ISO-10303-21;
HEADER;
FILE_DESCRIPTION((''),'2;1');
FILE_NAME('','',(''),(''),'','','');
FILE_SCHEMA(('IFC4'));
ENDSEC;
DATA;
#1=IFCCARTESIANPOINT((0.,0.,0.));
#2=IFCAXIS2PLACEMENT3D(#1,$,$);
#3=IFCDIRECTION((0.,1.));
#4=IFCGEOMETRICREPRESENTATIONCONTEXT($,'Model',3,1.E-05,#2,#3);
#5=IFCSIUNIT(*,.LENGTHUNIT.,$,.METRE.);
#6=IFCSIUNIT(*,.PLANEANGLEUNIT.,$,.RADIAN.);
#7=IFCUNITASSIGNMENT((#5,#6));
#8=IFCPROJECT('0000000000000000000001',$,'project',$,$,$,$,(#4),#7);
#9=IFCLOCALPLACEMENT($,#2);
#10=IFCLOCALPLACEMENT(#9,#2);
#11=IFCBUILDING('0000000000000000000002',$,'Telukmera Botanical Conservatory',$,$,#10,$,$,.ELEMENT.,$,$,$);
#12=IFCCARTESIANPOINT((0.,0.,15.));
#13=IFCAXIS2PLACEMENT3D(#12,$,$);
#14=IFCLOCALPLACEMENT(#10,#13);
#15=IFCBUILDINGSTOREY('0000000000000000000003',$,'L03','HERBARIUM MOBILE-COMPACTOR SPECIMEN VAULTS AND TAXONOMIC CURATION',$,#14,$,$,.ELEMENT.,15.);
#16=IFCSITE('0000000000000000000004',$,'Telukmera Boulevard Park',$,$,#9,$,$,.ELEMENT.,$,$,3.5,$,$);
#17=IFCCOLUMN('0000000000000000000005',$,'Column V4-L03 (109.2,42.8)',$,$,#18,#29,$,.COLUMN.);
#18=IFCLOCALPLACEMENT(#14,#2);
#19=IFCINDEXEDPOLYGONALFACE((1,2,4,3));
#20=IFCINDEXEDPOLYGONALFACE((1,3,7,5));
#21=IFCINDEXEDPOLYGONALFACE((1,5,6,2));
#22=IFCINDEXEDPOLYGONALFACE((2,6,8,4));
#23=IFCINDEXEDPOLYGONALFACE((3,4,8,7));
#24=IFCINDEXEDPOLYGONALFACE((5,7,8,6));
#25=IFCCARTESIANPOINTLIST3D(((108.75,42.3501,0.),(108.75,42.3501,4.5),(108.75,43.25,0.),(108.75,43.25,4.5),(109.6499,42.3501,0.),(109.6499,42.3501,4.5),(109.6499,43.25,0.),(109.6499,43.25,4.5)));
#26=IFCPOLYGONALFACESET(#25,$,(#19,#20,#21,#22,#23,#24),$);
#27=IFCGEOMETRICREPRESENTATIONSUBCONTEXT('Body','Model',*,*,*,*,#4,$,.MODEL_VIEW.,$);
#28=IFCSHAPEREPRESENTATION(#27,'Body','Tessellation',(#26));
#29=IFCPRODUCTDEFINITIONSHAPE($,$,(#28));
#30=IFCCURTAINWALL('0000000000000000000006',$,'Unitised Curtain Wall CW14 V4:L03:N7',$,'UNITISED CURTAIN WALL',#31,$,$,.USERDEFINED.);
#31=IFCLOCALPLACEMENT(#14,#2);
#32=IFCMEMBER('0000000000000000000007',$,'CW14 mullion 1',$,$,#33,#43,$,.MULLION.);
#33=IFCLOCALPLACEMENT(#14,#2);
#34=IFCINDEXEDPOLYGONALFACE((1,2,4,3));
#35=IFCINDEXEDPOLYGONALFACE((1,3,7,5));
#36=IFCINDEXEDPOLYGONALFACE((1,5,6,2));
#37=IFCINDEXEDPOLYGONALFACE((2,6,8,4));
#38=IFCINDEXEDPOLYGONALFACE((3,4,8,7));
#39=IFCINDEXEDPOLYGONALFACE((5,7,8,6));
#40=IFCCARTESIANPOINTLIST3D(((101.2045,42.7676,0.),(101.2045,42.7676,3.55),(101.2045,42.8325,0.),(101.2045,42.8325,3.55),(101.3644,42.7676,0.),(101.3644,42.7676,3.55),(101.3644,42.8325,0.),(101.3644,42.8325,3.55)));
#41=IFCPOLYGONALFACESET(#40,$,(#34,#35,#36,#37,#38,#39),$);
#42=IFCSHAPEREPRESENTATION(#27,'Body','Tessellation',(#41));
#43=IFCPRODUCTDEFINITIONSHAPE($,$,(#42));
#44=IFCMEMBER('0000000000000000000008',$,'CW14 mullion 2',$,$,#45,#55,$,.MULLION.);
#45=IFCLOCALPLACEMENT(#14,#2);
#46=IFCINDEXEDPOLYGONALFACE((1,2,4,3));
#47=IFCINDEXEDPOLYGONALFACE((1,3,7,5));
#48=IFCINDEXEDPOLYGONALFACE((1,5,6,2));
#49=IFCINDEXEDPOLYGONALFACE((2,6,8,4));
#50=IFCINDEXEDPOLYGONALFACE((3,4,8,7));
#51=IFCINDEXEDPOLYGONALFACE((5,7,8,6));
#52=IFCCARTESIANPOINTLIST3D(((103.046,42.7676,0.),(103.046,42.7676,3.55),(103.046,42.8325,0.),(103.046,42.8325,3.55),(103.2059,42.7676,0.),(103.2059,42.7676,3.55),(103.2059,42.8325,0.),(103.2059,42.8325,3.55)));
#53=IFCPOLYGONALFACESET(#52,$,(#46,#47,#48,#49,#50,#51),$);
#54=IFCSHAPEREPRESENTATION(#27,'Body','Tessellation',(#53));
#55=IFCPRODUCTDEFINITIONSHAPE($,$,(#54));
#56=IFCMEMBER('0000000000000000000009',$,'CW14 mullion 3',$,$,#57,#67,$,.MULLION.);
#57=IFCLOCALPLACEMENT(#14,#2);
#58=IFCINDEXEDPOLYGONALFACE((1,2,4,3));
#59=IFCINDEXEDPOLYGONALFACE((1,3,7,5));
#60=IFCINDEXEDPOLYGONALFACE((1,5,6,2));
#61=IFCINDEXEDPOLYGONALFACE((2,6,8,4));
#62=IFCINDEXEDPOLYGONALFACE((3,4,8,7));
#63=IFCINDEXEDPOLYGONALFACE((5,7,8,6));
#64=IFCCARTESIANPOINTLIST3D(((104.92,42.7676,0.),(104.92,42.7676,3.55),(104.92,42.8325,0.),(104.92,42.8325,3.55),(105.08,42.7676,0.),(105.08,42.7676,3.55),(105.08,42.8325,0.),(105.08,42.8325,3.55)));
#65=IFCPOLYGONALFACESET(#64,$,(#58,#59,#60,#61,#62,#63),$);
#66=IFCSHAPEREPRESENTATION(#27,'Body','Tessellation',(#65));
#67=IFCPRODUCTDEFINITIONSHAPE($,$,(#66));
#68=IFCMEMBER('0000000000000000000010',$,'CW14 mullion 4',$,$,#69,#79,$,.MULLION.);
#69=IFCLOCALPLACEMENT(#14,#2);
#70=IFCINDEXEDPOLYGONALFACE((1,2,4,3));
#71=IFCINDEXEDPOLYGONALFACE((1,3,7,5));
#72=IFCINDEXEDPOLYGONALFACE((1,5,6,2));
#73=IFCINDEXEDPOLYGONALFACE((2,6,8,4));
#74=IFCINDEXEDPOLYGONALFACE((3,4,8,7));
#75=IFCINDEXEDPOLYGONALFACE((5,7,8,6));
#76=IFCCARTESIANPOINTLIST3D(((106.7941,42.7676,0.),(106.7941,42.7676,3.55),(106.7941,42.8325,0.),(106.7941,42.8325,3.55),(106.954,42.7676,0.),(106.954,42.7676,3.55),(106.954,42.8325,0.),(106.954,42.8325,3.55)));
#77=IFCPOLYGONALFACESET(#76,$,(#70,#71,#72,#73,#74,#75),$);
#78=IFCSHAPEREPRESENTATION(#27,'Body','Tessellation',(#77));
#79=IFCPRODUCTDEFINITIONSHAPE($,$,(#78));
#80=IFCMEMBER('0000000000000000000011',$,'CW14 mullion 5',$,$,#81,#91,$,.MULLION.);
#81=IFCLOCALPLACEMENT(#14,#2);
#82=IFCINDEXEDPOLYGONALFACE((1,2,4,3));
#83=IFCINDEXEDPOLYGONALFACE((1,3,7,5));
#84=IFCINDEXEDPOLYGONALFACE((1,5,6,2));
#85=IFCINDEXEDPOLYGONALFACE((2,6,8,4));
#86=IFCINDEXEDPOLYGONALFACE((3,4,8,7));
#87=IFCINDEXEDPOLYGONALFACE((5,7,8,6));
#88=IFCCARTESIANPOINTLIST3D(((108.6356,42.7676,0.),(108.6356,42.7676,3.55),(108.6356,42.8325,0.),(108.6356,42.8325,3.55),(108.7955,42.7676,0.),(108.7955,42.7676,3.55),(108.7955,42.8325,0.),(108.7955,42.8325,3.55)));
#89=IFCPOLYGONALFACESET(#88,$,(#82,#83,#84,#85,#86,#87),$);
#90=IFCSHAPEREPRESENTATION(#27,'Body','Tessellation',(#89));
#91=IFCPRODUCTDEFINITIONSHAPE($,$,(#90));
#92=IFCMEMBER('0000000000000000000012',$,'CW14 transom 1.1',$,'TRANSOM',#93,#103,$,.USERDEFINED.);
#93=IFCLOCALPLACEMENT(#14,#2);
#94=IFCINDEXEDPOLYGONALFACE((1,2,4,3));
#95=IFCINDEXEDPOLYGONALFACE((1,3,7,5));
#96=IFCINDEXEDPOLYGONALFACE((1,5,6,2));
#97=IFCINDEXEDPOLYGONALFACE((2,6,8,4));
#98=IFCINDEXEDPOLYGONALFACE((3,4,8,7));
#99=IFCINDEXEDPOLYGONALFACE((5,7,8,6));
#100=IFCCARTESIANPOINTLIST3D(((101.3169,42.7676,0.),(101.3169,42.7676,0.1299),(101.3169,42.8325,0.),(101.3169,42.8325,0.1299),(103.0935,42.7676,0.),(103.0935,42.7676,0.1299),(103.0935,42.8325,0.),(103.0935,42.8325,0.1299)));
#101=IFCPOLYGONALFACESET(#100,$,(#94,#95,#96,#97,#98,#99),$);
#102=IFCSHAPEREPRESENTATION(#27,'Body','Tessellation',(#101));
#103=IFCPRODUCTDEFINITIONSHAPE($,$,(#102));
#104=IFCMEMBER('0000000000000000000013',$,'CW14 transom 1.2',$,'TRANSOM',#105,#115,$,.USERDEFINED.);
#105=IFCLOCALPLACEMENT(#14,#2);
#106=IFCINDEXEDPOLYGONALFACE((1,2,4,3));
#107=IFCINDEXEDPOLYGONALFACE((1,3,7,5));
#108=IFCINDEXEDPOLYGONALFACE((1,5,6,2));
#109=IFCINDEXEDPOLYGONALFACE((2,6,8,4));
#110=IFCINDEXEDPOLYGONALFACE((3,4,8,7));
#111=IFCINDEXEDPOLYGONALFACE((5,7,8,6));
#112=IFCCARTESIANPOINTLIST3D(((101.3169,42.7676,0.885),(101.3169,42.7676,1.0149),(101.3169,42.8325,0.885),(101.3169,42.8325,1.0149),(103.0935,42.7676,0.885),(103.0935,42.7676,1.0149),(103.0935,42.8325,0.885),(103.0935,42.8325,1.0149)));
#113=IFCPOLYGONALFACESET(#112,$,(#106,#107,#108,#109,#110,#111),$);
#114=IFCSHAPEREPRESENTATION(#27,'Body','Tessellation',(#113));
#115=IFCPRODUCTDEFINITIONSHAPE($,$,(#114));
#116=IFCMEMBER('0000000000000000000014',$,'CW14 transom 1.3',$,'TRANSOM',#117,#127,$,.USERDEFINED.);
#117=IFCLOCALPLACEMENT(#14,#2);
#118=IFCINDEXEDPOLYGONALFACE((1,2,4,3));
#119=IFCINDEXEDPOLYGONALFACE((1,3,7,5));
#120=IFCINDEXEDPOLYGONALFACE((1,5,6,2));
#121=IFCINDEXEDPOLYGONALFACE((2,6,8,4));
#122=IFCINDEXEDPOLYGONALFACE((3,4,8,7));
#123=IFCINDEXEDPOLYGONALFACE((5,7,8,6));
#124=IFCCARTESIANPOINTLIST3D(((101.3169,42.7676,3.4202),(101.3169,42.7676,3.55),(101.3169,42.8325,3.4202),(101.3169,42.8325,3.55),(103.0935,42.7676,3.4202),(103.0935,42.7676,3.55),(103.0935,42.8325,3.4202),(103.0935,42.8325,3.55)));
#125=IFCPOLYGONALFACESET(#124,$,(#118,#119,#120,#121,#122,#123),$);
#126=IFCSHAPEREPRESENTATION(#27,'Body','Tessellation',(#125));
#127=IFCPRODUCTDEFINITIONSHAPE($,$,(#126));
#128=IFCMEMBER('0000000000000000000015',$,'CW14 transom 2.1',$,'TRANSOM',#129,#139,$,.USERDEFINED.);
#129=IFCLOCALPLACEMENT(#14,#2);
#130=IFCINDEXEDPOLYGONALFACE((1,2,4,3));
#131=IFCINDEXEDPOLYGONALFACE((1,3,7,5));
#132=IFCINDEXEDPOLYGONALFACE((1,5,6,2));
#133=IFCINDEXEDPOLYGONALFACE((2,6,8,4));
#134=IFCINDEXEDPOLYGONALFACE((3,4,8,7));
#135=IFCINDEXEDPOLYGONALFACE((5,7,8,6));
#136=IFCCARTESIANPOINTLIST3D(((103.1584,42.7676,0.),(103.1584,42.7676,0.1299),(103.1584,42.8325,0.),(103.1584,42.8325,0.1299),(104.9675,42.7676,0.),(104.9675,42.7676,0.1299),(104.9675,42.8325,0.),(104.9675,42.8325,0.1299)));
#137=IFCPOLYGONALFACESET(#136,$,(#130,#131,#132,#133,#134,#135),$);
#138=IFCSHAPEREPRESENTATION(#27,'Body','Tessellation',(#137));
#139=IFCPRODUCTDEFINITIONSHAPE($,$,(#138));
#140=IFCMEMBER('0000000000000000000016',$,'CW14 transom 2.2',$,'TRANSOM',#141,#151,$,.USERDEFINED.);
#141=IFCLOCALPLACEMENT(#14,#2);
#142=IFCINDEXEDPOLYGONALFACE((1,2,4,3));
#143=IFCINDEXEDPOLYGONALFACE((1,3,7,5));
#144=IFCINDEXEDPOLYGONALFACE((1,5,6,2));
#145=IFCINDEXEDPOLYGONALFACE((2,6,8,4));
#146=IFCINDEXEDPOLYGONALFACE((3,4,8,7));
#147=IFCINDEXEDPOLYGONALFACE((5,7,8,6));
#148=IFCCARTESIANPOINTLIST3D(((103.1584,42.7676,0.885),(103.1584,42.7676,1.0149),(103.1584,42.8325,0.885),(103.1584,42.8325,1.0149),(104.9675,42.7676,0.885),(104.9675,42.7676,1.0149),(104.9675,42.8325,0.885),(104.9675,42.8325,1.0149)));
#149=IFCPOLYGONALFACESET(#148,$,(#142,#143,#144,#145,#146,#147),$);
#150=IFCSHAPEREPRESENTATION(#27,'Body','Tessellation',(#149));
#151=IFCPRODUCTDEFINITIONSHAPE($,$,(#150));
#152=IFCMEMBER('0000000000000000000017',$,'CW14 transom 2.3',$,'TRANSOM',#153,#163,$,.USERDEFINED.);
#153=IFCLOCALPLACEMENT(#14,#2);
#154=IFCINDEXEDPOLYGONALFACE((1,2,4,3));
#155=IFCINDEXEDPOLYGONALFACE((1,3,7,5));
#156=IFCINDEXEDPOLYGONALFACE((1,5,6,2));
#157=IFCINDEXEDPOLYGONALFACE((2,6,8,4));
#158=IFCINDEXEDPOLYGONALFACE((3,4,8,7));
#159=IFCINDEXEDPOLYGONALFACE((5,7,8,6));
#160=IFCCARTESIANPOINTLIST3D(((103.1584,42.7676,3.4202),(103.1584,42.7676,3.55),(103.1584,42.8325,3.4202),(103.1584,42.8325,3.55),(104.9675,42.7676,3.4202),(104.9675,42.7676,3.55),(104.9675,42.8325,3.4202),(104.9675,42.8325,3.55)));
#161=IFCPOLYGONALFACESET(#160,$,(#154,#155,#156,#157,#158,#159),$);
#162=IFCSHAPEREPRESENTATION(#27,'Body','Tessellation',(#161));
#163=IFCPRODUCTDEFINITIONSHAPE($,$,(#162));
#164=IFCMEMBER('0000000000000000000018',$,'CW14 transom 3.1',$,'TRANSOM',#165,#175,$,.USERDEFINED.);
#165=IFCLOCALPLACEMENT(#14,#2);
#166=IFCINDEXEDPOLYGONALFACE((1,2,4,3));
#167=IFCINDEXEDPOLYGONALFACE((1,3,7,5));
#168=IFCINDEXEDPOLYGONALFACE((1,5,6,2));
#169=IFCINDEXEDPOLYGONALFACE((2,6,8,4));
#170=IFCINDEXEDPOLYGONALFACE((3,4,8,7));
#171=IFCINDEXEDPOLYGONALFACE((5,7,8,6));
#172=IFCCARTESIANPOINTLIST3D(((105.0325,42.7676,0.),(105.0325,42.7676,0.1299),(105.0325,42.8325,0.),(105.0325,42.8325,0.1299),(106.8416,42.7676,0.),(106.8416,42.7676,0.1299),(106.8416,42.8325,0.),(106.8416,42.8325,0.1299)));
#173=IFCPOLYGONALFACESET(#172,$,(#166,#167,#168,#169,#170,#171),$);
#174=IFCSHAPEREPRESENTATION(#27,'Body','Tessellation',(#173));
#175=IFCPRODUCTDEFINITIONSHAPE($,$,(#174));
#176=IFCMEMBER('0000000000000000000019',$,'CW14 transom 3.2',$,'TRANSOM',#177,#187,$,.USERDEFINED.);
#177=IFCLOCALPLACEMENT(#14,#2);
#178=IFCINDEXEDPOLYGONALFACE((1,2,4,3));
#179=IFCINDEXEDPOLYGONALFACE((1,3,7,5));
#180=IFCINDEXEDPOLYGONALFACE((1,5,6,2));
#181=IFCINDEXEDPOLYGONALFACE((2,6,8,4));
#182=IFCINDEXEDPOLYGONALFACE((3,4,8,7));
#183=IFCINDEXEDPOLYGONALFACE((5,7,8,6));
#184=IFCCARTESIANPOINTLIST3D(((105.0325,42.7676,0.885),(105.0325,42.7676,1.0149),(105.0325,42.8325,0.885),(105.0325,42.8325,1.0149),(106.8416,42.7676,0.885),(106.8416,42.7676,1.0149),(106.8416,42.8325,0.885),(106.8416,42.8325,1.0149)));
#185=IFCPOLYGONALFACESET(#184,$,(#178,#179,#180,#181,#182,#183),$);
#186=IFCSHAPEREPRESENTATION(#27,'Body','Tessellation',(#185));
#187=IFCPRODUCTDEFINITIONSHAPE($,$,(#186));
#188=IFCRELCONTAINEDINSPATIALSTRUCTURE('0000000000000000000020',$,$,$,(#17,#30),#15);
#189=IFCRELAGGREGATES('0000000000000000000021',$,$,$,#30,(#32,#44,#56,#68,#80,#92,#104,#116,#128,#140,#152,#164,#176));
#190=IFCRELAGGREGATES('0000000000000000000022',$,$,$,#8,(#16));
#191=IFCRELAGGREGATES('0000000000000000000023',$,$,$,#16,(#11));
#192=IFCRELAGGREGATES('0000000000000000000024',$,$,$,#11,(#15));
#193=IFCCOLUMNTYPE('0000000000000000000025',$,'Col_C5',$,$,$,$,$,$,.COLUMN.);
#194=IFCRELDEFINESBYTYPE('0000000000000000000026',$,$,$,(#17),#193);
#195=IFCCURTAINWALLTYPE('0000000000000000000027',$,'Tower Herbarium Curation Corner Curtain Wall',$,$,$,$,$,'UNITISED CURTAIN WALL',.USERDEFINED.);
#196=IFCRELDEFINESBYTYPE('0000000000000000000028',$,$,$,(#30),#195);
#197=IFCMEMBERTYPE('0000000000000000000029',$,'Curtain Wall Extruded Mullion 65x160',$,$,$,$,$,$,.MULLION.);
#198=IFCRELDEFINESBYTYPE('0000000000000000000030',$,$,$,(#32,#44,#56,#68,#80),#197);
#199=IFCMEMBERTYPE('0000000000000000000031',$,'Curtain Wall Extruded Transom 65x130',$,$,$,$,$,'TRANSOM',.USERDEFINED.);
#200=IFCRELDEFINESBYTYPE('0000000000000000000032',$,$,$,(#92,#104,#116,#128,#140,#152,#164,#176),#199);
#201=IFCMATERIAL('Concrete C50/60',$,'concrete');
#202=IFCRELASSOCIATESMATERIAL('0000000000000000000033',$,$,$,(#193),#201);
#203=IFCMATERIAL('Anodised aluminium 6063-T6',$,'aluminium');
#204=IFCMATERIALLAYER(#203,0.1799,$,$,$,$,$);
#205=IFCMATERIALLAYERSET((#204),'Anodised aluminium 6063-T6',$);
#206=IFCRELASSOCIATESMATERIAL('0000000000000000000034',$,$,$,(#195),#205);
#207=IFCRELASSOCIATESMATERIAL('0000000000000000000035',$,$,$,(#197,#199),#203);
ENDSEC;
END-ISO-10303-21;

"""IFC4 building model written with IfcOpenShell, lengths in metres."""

from ifc_helpers import new_model, si_unit, direction, frame, origin, origin_2d, place, context, subcontext, project, spatial, rectangle, extrude, material, layer, layer_set, material_profile, profile_set, type_object, element, aggregate, save


model = new_model("IFC4")

# Units and contexts
model_context = context("Model", 3, precision=1e-05, world=origin(), true_north=direction((0.0, 1.0)))
body_context = subcontext(model_context, "Body", "Model", "MODEL_VIEW")
ifc_project = project(units=[si_unit("LENGTHUNIT", "METRE"), si_unit("PLANEANGLEUNIT", "RADIAN")], contexts=[model_context])

# Site, building, storey
site_placement = place(None, origin())
site = spatial("IfcSite", under=ifc_project, at=site_placement, Name="Telukmera Boulevard Park", CompositionType="ELEMENT", RefElevation=3.5)
building_placement = place(site_placement, origin())
building = spatial("IfcBuilding", under=site, at=building_placement, Name="Telukmera Botanical Conservatory", CompositionType="ELEMENT")
storey_placement = place(building_placement, frame((0.0, 0.0, 15.0)))
storey = spatial("IfcBuildingStorey", under=building, at=storey_placement, Name="L03", Description="HERBARIUM MOBILE-COMPACTOR SPECIMEN VAULTS AND TAXONOMIC CURATION", CompositionType="ELEMENT", Elevation=15.0)

# Column
ifc_material_1 = material(Name="Concrete C50/60", Category="concrete")
ifc_material_profile_1 = material_profile(ifc_material_1, rectangle(XDim=0.8999, YDim=0.8999, at=origin_2d()), Name="RC 900x900")
ifc_profile_set_1 = profile_set([ifc_material_profile_1], Name="Concrete C50/60")
column_type = type_object("IfcColumnType", Name="Col_C5", PredefinedType="COLUMN", material=ifc_profile_set_1)
column_placement = place(storey_placement, frame((109.2, 42.8, 0.0), z_axis=(0.0, 0.0, 1.0), x_axis=(1.0, 0.0, 0.0)))
element("IfcColumn", 1, at=column_placement, inside=storey, type_object=column_type, Name="Column V4-L03 (109.2,42.8)", PredefinedType="COLUMN", context=body_context, shape_type="SweptSolid", body=[
    extrude(rectangle(XDim=0.8999, YDim=0.8999, at=origin_2d()), origin(), (0.0, 0.0, 1.0), 4.5),
])

# Curtain wall, members
ifc_material_2 = material(Name="Anodised aluminium 6063-T6", Category="aluminium")
ifc_layer_1 = layer(ifc_material_2, 0.1799)
ifc_layer_set_1 = layer_set([ifc_layer_1], Name="Anodised aluminium 6063-T6")
curtain_wall_type = type_object("IfcCurtainWallType", Name="Tower Herbarium Curation Corner Curtain Wall", ElementType="UNITISED CURTAIN WALL", PredefinedType="USERDEFINED", material=ifc_layer_set_1)
curtain_wall_placement = place(storey_placement, origin())
curtain_wall = element("IfcCurtainWall", 2, at=curtain_wall_placement, inside=storey, type_object=curtain_wall_type, Name="Unitised Curtain Wall CW14 V4:L03:N7", ObjectType="UNITISED CURTAIN WALL", PredefinedType="USERDEFINED")
ifc_material_profile_2 = material_profile(ifc_material_2, rectangle(XDim=0.0649, YDim=0.1599, at=origin_2d()), Name="ALU MULL 65x160")
ifc_profile_set_2 = profile_set([ifc_material_profile_2], Name="Anodised aluminium 6063-T6")
member_type_1 = type_object("IfcMemberType", Name="Curtain Wall Extruded Mullion 65x160", PredefinedType="MULLION", material=ifc_profile_set_2)
member_1_placement = place(storey_placement, frame((101.2844, 42.8, 0.0), z_axis=(0.0, 0.0, 1.0), x_axis=(0.0, 1.0, 0.0)))
member_1 = element("IfcMember", 3, at=member_1_placement, type_object=member_type_1, Name="CW14 mullion 1", PredefinedType="MULLION", context=body_context, shape_type="SweptSolid", body=[
    extrude(rectangle(XDim=0.0649, YDim=0.1599, at=origin_2d()), origin(), (0.0, 0.0, 1.0), 3.55),
])
member_2_placement = place(storey_placement, frame((103.126, 42.8, 0.0), z_axis=(0.0, 0.0, 1.0), x_axis=(0.0, 1.0, 0.0)))
member_2 = element("IfcMember", 4, at=member_2_placement, type_object=member_type_1, Name="CW14 mullion 2", PredefinedType="MULLION", context=body_context, shape_type="SweptSolid", body=[
    extrude(rectangle(XDim=0.0649, YDim=0.1599, at=origin_2d()), origin(), (0.0, 0.0, 1.0), 3.55),
])
member_3_placement = place(storey_placement, frame((105.0, 42.8, 0.0), z_axis=(0.0, 0.0, 1.0), x_axis=(0.0, 1.0, 0.0)))
member_3 = element("IfcMember", 5, at=member_3_placement, type_object=member_type_1, Name="CW14 mullion 3", PredefinedType="MULLION", context=body_context, shape_type="SweptSolid", body=[
    extrude(rectangle(XDim=0.0649, YDim=0.1599, at=origin_2d()), origin(), (0.0, 0.0, 1.0), 3.55),
])
member_4_placement = place(storey_placement, frame((106.874, 42.8, 0.0), z_axis=(0.0, 0.0, 1.0), x_axis=(0.0, 1.0, 0.0)))
member_4 = element("IfcMember", 6, at=member_4_placement, type_object=member_type_1, Name="CW14 mullion 4", PredefinedType="MULLION", context=body_context, shape_type="SweptSolid", body=[
    extrude(rectangle(XDim=0.0649, YDim=0.1599, at=origin_2d()), origin(), (0.0, 0.0, 1.0), 3.55),
])
member_5_placement = place(storey_placement, frame((108.7156, 42.8, 0.0), z_axis=(0.0, 0.0, 1.0), x_axis=(0.0, 1.0, 0.0)))
member_5 = element("IfcMember", 7, at=member_5_placement, type_object=member_type_1, Name="CW14 mullion 5", PredefinedType="MULLION", context=body_context, shape_type="SweptSolid", body=[
    extrude(rectangle(XDim=0.0649, YDim=0.1599, at=origin_2d()), origin(), (0.0, 0.0, 1.0), 3.55),
])
ifc_material_profile_3 = material_profile(ifc_material_2, rectangle(XDim=0.0649, YDim=0.1299, at=origin_2d()), Name="ALU TRAN 65x130")
ifc_profile_set_3 = profile_set([ifc_material_profile_3], Name="Anodised aluminium 6063-T6")
member_type_2 = type_object("IfcMemberType", Name="Curtain Wall Extruded Transom 65x130", ElementType="TRANSOM", PredefinedType="USERDEFINED", material=ifc_profile_set_3)
member_6_placement = place(storey_placement, frame((101.3169, 42.8, 0.0649), z_axis=(1.0, 0.0, 0.0), x_axis=(0.0, 1.0, 0.0)))
member_6 = element("IfcMember", 8, at=member_6_placement, type_object=member_type_2, Name="CW14 transom 1.1", ObjectType="TRANSOM", PredefinedType="USERDEFINED", context=body_context, shape_type="SweptSolid", body=[
    extrude(rectangle(XDim=0.0649, YDim=0.1299, at=origin_2d()), origin(), (0.0, 0.0, 1.0), 1.7766),
])
member_7_placement = place(storey_placement, frame((101.3169, 42.8, 0.95), z_axis=(1.0, 0.0, 0.0), x_axis=(0.0, 1.0, 0.0)))
member_7 = element("IfcMember", 9, at=member_7_placement, type_object=member_type_2, Name="CW14 transom 1.2", ObjectType="TRANSOM", PredefinedType="USERDEFINED", context=body_context, shape_type="SweptSolid", body=[
    extrude(rectangle(XDim=0.0649, YDim=0.1299, at=origin_2d()), origin(), (0.0, 0.0, 1.0), 1.7766),
])
member_8_placement = place(storey_placement, frame((101.3169, 42.8, 3.4851), z_axis=(1.0, 0.0, 0.0), x_axis=(0.0, 1.0, 0.0)))
member_8 = element("IfcMember", 10, at=member_8_placement, type_object=member_type_2, Name="CW14 transom 1.3", ObjectType="TRANSOM", PredefinedType="USERDEFINED", context=body_context, shape_type="SweptSolid", body=[
    extrude(rectangle(XDim=0.0649, YDim=0.1299, at=origin_2d()), origin(), (0.0, 0.0, 1.0), 1.7766),
])
member_9_placement = place(storey_placement, frame((103.1584, 42.8, 0.0649), z_axis=(1.0, 0.0, 0.0), x_axis=(0.0, 1.0, 0.0)))
member_9 = element("IfcMember", 11, at=member_9_placement, type_object=member_type_2, Name="CW14 transom 2.1", ObjectType="TRANSOM", PredefinedType="USERDEFINED", context=body_context, shape_type="SweptSolid", body=[
    extrude(rectangle(XDim=0.0649, YDim=0.1299, at=origin_2d()), origin(), (0.0, 0.0, 1.0), 1.8091),
])
member_10_placement = place(storey_placement, frame((103.1584, 42.8, 0.95), z_axis=(1.0, 0.0, 0.0), x_axis=(0.0, 1.0, 0.0)))
member_10 = element("IfcMember", 12, at=member_10_placement, type_object=member_type_2, Name="CW14 transom 2.2", ObjectType="TRANSOM", PredefinedType="USERDEFINED", context=body_context, shape_type="SweptSolid", body=[
    extrude(rectangle(XDim=0.0649, YDim=0.1299, at=origin_2d()), origin(), (0.0, 0.0, 1.0), 1.8091),
])
member_11_placement = place(storey_placement, frame((103.1584, 42.8, 3.4851), z_axis=(1.0, 0.0, 0.0), x_axis=(0.0, 1.0, 0.0)))
member_11 = element("IfcMember", 13, at=member_11_placement, type_object=member_type_2, Name="CW14 transom 2.3", ObjectType="TRANSOM", PredefinedType="USERDEFINED", context=body_context, shape_type="SweptSolid", body=[
    extrude(rectangle(XDim=0.0649, YDim=0.1299, at=origin_2d()), origin(), (0.0, 0.0, 1.0), 1.8091),
])
member_12_placement = place(storey_placement, frame((105.0325, 42.8, 0.0649), z_axis=(1.0, 0.0, 0.0), x_axis=(0.0, 1.0, 0.0)))
member_12 = element("IfcMember", 14, at=member_12_placement, type_object=member_type_2, Name="CW14 transom 3.1", ObjectType="TRANSOM", PredefinedType="USERDEFINED", context=body_context, shape_type="SweptSolid", body=[
    extrude(rectangle(XDim=0.0649, YDim=0.1299, at=origin_2d()), origin(), (0.0, 0.0, 1.0), 1.8091),
])
member_13_placement = place(storey_placement, frame((105.0325, 42.8, 0.95), z_axis=(1.0, 0.0, 0.0), x_axis=(0.0, 1.0, 0.0)))
member_13 = element("IfcMember", 15, at=member_13_placement, type_object=member_type_2, Name="CW14 transom 3.2", ObjectType="TRANSOM", PredefinedType="USERDEFINED", context=body_context, shape_type="SweptSolid", body=[
    extrude(rectangle(XDim=0.0649, YDim=0.1299, at=origin_2d()), origin(), (0.0, 0.0, 1.0), 1.8091),
])
aggregate(curtain_wall, [member_1, member_2, member_3, member_4, member_5, member_6, member_7, member_8, member_9, member_10, member_11, member_12, member_13])

save(model, "model.ifc")
